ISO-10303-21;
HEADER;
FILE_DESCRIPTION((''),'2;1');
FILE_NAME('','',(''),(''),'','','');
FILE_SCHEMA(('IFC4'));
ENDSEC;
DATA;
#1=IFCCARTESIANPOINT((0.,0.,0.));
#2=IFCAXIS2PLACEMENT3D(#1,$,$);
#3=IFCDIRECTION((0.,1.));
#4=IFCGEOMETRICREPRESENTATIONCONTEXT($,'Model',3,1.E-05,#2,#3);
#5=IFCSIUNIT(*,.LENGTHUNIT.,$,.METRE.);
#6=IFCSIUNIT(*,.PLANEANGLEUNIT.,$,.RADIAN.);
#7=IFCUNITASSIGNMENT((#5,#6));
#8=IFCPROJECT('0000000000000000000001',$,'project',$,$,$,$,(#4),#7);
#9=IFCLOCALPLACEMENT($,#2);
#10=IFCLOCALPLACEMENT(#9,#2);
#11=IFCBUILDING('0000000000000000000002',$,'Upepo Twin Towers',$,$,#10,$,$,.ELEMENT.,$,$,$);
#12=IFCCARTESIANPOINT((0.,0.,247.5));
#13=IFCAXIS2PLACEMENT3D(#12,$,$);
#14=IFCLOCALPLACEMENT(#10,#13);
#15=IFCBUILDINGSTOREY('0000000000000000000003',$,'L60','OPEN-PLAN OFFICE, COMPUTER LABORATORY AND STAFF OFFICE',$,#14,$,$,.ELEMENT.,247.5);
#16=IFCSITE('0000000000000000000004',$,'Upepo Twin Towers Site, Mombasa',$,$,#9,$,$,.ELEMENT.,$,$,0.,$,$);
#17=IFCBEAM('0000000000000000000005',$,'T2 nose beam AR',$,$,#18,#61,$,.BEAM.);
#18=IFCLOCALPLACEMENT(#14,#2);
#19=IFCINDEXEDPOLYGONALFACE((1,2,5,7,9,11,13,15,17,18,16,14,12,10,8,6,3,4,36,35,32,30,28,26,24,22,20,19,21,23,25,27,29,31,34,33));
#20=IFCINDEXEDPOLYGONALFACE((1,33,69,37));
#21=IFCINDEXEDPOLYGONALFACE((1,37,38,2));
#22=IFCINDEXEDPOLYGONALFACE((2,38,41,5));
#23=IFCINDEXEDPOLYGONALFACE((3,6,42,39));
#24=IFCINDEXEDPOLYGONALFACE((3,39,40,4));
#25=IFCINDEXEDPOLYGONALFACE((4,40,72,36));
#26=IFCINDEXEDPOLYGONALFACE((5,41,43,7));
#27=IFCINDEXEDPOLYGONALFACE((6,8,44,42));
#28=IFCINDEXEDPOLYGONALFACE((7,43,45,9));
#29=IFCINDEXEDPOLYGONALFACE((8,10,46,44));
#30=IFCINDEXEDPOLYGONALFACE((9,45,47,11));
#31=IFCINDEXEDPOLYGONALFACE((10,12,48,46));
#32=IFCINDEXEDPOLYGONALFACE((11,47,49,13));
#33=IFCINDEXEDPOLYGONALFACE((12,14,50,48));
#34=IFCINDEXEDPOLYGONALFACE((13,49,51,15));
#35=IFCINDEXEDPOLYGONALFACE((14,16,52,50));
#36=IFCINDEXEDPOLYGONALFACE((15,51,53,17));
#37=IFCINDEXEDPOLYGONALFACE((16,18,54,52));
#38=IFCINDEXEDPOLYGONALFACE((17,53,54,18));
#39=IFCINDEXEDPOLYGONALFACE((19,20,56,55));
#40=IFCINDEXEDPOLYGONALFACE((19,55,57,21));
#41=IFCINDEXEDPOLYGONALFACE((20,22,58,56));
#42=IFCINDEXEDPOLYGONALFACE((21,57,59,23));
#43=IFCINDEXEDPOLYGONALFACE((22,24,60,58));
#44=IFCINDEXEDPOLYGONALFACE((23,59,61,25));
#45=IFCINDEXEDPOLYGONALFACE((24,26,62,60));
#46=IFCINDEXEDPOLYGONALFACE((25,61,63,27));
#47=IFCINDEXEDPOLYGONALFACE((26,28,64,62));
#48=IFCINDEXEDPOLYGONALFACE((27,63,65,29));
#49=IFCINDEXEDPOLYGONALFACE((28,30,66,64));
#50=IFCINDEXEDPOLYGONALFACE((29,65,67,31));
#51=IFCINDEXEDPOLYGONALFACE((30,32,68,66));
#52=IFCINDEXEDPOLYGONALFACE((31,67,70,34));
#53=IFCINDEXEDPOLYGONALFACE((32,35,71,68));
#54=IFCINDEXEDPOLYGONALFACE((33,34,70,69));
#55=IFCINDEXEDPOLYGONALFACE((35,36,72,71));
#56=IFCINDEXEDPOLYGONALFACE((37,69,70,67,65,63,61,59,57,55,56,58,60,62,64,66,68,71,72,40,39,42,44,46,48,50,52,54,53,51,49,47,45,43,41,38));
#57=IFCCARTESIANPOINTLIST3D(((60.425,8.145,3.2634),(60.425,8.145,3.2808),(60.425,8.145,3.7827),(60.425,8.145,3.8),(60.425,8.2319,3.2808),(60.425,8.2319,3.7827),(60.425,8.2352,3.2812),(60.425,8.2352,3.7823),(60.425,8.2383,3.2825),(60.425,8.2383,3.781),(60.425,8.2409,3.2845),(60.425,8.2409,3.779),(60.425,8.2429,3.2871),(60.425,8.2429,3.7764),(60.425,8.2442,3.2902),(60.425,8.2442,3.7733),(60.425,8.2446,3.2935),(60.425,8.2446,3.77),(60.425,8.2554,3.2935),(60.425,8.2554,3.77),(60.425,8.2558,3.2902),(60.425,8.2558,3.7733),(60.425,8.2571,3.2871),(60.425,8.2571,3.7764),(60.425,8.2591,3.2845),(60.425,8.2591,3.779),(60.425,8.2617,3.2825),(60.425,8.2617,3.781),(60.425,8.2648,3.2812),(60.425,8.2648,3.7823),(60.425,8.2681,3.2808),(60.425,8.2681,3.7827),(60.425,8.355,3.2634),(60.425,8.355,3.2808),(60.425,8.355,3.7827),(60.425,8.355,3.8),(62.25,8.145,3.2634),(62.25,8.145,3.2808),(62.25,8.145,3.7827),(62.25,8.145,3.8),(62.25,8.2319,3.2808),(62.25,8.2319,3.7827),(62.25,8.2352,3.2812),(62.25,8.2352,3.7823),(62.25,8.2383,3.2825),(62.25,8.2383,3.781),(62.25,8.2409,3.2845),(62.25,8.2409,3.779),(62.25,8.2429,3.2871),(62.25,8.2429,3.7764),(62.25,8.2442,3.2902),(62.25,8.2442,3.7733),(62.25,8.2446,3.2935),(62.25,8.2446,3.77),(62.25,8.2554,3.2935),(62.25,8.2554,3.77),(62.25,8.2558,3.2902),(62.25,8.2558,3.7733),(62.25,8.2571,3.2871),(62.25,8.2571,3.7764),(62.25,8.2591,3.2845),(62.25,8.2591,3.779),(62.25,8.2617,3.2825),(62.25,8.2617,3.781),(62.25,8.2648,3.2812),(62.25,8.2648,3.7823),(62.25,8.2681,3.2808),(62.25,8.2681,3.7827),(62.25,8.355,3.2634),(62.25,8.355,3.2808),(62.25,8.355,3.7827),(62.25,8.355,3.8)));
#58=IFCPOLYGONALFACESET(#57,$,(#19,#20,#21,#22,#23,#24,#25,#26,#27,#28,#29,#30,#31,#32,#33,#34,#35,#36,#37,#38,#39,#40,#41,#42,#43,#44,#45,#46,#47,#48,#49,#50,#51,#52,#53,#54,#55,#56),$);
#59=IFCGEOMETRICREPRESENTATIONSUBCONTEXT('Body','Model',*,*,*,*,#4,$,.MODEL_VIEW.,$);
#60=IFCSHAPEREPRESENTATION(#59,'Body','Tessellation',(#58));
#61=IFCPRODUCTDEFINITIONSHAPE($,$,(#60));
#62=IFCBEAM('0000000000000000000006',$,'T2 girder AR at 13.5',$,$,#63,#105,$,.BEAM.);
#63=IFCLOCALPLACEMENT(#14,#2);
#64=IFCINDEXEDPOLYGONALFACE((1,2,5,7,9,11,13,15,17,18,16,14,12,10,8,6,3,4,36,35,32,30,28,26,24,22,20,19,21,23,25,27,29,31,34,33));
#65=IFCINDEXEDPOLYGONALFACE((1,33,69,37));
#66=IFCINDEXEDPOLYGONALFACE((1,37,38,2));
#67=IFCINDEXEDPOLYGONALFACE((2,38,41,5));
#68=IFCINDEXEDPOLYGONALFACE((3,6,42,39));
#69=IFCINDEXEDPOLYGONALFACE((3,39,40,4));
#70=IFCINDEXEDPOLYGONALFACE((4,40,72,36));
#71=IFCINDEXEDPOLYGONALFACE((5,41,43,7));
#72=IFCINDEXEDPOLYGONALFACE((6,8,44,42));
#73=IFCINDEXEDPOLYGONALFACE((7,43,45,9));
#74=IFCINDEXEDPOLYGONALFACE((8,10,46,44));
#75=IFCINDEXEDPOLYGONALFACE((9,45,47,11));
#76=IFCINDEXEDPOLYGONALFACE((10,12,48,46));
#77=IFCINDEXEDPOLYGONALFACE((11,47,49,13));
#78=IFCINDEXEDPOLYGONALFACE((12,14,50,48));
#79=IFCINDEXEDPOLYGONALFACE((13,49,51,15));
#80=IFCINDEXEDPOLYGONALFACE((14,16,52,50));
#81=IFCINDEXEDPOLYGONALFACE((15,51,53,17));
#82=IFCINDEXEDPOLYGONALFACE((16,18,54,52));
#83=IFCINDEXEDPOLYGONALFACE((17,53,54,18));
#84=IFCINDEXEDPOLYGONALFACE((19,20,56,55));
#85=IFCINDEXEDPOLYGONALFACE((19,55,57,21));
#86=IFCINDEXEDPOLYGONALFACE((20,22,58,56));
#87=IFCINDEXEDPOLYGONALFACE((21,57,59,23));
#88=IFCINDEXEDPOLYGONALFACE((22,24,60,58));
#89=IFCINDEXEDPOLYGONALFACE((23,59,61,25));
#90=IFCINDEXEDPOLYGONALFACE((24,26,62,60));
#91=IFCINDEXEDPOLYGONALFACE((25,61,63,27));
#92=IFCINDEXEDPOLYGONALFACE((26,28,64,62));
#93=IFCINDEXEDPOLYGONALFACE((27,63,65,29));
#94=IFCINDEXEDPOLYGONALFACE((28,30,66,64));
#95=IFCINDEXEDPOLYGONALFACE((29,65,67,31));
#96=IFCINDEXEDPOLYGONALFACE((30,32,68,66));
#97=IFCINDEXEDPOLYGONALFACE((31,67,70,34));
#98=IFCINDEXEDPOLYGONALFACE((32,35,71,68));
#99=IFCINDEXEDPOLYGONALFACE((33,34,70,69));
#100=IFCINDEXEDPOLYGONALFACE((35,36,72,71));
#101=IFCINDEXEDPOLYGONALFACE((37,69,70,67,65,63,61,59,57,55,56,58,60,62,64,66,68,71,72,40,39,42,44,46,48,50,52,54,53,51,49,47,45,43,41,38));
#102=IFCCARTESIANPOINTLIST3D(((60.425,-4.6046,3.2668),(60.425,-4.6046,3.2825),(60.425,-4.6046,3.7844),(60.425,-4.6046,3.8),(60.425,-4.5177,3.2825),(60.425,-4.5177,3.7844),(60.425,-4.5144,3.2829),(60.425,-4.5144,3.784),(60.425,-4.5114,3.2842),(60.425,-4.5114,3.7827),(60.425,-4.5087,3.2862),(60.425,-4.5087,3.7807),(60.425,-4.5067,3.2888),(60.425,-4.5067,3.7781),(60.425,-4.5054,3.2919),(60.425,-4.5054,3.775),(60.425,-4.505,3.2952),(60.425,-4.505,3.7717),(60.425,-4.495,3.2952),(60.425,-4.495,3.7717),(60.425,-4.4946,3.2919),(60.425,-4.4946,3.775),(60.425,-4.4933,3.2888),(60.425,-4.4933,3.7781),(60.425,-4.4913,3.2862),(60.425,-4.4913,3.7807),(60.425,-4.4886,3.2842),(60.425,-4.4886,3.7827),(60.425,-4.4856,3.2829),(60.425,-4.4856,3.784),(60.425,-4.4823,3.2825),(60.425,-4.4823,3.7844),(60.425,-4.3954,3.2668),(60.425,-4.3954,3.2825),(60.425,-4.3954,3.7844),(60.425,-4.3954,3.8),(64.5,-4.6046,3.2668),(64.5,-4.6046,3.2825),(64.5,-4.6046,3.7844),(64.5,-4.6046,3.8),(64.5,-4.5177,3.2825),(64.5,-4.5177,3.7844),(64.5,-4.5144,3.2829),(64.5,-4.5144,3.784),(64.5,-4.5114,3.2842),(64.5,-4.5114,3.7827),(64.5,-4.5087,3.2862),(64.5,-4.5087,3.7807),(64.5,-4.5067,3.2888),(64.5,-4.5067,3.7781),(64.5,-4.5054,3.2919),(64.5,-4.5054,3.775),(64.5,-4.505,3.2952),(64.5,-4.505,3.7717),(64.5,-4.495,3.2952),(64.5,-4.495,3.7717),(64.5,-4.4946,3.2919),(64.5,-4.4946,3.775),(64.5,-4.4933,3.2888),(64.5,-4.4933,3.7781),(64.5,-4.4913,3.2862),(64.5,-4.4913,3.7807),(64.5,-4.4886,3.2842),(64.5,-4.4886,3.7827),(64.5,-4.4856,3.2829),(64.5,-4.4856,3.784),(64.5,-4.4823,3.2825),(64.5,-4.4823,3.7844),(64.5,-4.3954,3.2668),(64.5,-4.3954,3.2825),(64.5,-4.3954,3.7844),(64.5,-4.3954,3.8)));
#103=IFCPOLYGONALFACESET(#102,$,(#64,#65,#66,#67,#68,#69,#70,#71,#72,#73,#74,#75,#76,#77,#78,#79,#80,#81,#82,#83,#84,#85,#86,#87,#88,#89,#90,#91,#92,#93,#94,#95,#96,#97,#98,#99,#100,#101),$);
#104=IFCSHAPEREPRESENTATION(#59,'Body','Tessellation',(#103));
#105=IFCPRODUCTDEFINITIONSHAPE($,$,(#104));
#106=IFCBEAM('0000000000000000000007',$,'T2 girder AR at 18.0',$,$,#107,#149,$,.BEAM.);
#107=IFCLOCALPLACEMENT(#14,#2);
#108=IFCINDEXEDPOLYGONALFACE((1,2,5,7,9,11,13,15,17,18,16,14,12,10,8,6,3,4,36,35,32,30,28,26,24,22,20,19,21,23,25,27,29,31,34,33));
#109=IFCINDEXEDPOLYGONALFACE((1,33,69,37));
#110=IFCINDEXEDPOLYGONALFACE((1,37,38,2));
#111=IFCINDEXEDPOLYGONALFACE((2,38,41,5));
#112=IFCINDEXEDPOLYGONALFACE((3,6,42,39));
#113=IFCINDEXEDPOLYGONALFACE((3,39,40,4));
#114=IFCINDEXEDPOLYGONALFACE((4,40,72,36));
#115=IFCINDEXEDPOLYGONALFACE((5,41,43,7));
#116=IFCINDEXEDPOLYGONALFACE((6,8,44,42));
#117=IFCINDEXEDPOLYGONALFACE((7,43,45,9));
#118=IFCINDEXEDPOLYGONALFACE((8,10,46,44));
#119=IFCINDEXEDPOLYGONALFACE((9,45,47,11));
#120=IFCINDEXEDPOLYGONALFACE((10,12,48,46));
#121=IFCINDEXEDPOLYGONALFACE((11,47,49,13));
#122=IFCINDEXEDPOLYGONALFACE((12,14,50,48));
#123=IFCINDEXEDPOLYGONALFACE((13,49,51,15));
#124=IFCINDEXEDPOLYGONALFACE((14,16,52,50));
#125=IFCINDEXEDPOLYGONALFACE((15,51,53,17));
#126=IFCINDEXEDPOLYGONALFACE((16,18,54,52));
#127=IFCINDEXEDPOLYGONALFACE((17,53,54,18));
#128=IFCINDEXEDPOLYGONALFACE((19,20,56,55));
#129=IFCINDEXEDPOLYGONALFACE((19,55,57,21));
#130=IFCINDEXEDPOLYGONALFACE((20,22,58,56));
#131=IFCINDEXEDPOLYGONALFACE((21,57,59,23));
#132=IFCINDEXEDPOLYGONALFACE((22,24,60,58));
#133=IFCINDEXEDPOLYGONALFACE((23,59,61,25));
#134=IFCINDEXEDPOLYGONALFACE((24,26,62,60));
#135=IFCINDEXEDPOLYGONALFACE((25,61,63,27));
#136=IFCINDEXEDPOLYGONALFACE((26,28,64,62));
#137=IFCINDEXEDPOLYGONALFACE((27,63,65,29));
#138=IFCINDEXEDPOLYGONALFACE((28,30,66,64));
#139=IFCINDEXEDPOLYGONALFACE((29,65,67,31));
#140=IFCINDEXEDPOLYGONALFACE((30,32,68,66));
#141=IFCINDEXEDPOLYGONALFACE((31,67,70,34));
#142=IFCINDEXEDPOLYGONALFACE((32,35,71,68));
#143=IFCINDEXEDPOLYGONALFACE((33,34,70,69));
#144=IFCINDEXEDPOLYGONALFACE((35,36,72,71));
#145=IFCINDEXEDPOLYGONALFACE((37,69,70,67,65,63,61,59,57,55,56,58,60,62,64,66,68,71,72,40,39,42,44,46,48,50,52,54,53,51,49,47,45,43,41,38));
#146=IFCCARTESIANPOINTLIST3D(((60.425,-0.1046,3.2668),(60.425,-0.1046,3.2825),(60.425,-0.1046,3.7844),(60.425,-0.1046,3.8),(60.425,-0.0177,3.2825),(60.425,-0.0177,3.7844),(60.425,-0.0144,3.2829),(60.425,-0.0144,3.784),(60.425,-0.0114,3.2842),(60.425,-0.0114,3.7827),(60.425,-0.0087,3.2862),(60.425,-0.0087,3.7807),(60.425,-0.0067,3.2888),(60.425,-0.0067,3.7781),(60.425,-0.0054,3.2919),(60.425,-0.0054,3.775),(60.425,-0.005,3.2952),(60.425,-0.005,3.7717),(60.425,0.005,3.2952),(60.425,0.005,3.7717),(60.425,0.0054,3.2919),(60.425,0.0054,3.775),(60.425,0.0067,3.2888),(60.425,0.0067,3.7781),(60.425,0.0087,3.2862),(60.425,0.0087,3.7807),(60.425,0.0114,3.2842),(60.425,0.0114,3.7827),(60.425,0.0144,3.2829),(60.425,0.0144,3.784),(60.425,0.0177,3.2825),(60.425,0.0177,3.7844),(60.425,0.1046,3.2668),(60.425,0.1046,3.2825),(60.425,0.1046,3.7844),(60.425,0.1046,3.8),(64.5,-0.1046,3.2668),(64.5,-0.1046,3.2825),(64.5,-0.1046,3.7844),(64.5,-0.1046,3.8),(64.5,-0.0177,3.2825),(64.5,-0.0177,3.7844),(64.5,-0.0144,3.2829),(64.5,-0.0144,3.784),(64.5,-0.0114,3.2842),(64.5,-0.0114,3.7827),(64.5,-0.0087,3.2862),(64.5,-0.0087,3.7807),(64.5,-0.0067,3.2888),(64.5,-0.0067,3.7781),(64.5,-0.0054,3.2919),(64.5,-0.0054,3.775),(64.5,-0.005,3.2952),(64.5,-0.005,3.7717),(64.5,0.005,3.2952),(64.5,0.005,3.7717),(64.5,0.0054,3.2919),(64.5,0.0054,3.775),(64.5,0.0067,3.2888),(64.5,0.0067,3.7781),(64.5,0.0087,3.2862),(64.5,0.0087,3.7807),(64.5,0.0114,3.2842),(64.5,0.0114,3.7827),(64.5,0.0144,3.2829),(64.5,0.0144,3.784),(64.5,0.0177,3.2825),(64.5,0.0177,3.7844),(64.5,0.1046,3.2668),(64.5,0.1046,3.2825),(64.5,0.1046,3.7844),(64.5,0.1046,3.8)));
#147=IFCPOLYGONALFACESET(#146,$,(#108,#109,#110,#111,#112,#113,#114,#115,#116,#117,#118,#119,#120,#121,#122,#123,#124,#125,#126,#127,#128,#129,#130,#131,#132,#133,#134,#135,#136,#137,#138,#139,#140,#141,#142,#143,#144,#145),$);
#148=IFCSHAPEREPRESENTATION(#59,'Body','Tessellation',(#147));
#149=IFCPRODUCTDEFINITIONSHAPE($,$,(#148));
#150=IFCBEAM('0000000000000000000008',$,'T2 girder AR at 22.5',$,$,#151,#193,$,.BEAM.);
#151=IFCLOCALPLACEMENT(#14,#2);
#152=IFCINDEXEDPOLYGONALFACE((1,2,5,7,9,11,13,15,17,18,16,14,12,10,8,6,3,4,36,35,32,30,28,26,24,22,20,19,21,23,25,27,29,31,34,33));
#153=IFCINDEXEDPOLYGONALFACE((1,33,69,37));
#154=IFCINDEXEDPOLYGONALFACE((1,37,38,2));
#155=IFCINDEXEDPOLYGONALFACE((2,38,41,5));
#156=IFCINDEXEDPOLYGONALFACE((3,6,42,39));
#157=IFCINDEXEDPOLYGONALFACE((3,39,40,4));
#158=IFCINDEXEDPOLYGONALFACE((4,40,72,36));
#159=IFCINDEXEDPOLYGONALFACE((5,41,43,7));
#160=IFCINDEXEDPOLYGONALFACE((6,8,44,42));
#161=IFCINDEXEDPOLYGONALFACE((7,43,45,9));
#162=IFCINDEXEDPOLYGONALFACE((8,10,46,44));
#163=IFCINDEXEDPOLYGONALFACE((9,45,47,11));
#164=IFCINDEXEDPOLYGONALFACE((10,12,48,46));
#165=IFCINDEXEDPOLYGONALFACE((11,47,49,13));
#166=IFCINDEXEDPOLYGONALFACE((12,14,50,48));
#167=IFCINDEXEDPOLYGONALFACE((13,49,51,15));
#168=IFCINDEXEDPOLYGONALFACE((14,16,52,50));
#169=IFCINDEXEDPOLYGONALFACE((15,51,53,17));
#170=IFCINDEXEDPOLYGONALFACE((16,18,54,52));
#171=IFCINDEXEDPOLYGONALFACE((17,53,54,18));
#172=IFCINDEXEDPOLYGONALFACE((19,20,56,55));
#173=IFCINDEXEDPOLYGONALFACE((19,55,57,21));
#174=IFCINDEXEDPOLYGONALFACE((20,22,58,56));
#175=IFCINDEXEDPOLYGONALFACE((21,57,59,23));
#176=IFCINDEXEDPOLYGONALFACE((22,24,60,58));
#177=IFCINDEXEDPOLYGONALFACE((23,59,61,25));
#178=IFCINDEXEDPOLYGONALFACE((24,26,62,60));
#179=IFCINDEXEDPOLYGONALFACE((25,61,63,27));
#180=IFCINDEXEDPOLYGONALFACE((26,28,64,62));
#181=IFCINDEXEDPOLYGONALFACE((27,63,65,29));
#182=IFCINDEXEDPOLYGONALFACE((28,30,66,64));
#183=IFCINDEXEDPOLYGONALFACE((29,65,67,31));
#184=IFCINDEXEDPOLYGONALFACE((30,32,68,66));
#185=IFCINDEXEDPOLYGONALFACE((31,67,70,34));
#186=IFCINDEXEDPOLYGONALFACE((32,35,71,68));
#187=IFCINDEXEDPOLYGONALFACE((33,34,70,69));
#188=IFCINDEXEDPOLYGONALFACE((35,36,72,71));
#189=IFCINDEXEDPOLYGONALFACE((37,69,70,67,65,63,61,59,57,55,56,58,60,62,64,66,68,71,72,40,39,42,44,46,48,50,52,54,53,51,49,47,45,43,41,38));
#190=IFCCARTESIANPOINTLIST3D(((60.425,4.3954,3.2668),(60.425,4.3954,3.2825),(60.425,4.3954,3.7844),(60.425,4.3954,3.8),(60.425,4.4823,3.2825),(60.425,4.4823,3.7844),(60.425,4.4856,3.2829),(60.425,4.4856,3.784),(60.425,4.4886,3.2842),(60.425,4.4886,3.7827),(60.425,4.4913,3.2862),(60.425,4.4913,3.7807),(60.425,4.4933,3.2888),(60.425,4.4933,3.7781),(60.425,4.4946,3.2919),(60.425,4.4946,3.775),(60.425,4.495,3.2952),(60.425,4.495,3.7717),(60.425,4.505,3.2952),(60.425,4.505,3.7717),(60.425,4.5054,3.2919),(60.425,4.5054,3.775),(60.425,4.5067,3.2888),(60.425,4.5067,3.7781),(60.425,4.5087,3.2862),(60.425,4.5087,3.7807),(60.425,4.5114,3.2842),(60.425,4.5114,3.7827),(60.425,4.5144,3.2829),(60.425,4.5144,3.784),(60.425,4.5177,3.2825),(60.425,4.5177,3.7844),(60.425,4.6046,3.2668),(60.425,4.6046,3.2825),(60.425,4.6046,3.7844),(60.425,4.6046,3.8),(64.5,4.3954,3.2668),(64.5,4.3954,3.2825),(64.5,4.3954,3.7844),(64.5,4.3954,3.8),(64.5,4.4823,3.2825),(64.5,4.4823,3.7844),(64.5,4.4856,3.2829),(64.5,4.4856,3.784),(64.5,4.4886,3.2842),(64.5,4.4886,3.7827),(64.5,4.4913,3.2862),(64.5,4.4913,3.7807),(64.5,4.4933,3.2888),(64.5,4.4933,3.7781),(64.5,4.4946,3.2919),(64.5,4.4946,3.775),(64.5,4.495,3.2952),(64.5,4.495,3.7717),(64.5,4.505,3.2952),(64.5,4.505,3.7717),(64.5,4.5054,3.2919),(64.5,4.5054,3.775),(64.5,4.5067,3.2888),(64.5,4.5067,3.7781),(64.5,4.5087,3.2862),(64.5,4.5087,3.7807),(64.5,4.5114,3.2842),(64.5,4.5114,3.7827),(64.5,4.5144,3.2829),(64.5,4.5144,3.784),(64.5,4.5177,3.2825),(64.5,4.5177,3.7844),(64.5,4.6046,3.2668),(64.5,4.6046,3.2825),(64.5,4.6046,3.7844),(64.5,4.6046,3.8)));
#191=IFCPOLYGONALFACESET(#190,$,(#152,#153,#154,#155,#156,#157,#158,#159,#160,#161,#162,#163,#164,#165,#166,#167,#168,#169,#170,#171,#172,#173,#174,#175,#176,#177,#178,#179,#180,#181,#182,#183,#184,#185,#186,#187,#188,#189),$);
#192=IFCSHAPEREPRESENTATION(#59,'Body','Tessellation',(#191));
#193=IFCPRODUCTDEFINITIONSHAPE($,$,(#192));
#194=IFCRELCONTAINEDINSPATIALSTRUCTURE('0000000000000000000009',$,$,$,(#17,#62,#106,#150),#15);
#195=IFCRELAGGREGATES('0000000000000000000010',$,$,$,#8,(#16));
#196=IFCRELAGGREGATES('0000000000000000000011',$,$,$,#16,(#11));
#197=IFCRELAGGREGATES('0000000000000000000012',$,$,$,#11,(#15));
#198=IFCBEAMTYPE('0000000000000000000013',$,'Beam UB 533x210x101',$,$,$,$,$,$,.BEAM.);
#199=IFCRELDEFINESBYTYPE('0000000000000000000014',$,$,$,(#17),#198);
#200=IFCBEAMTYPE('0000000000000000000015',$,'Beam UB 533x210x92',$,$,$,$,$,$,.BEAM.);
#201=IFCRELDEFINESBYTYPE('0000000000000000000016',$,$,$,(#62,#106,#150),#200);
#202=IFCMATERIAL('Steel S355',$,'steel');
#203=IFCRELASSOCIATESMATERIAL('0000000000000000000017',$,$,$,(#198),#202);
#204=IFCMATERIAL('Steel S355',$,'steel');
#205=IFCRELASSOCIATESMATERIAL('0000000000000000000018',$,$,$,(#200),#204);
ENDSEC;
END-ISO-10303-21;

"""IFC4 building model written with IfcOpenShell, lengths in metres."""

from ifc_helpers import new_model, si_unit, direction, frame, origin, origin_2d, place, context, subcontext, project, spatial, i_section, extrude, material, material_profile, profile_set, type_object, element, save


model = new_model("IFC4")

# Units and contexts
model_context = context("Model", 3, precision=1e-05, world=origin(), true_north=direction((0.0, 1.0)))
body_context = subcontext(model_context, "Body", "Model", "MODEL_VIEW")
ifc_project = project(units=[si_unit("LENGTHUNIT", "METRE"), si_unit("PLANEANGLEUNIT", "RADIAN")], contexts=[model_context])

# Site, building, storey
site_placement = place(None, origin())
site = spatial("IfcSite", under=ifc_project, at=site_placement, Name="Upepo Twin Towers Site, Mombasa", CompositionType="ELEMENT", RefElevation=0.0)
building_placement = place(site_placement, origin())
building = spatial("IfcBuilding", under=site, at=building_placement, Name="Upepo Twin Towers", CompositionType="ELEMENT")
storey_placement = place(building_placement, frame((0.0, 0.0, 247.5)))
storey = spatial("IfcBuildingStorey", under=building, at=storey_placement, Name="L60", Description="OPEN-PLAN OFFICE, COMPUTER LABORATORY AND STAFF OFFICE", CompositionType="ELEMENT", Elevation=247.5)

# Beams
ifc_material_1 = material(Name="Steel S355", Category="steel")
ifc_material_profile_1 = material_profile(ifc_material_1, i_section(OverallWidth=0.21, OverallDepth=0.5366, WebThickness=0.0107, FlangeThickness=0.0173, FilletRadius=0.0127, at=origin_2d()), Name="UB 533x210x101")
ifc_profile_set_1 = profile_set([ifc_material_profile_1], Name="Steel S355")
beam_type_1 = type_object("IfcBeamType", Name="Beam UB 533x210x101", PredefinedType="BEAM", material=ifc_profile_set_1)
beam_1_placement = place(storey_placement, frame((62.25, 8.25, 3.5317), z_axis=(-1.0, 0.0, 0.0), x_axis=(0.0, -1.0, 0.0)))
element("IfcBeam", 1, at=beam_1_placement, inside=storey, type_object=beam_type_1, Name="T2 nose beam AR", PredefinedType="BEAM", context=body_context, shape_type="SweptSolid", body=[
    extrude(i_section(OverallWidth=0.21, OverallDepth=0.5366, WebThickness=0.0107, FlangeThickness=0.0173, FilletRadius=0.0127, at=origin_2d()), origin(), (0.0, 0.0, 1.0), 1.825),
])
ifc_material_2 = material(Name="Steel S355", Category="steel")
ifc_material_profile_2 = material_profile(ifc_material_2, i_section(OverallWidth=0.2092, OverallDepth=0.5332, WebThickness=0.01, FlangeThickness=0.0156, FilletRadius=0.0127, at=origin_2d()), Name="UB 533x210x92")
ifc_profile_set_2 = profile_set([ifc_material_profile_2], Name="Steel S355")
beam_type_2 = type_object("IfcBeamType", Name="Beam UB 533x210x92", PredefinedType="BEAM", material=ifc_profile_set_2)
for number, where, z_axis, x_axis, name in (
    (2, (64.5, -4.5, 3.5334), (-1.0, 0.0, 0.0), (0.0, -1.0, 0.0), "T2 girder AR at 13.5"),
    (3, (64.5, 0.0, 3.5334), (-1.0, 0.0, 0.0), (0.0, -1.0, 0.0), "T2 girder AR at 18.0"),
    (4, (64.5, 4.5, 3.5334), (-1.0, 0.0, 0.0), (0.0, -1.0, 0.0), "T2 girder AR at 22.5"),
):
    element("IfcBeam", number, at=place(storey_placement, frame(where, z_axis=z_axis, x_axis=x_axis)), inside=storey, type_object=beam_type_2, Name=name, PredefinedType="BEAM", context=body_context, shape_type="SweptSolid", body=[
        extrude(i_section(OverallWidth=0.2092, OverallDepth=0.5332, WebThickness=0.01, FlangeThickness=0.0156, FilletRadius=0.0127, at=origin_2d()), origin(), (0.0, 0.0, 1.0), 4.075),
    ])

save(model, "model.ifc")
